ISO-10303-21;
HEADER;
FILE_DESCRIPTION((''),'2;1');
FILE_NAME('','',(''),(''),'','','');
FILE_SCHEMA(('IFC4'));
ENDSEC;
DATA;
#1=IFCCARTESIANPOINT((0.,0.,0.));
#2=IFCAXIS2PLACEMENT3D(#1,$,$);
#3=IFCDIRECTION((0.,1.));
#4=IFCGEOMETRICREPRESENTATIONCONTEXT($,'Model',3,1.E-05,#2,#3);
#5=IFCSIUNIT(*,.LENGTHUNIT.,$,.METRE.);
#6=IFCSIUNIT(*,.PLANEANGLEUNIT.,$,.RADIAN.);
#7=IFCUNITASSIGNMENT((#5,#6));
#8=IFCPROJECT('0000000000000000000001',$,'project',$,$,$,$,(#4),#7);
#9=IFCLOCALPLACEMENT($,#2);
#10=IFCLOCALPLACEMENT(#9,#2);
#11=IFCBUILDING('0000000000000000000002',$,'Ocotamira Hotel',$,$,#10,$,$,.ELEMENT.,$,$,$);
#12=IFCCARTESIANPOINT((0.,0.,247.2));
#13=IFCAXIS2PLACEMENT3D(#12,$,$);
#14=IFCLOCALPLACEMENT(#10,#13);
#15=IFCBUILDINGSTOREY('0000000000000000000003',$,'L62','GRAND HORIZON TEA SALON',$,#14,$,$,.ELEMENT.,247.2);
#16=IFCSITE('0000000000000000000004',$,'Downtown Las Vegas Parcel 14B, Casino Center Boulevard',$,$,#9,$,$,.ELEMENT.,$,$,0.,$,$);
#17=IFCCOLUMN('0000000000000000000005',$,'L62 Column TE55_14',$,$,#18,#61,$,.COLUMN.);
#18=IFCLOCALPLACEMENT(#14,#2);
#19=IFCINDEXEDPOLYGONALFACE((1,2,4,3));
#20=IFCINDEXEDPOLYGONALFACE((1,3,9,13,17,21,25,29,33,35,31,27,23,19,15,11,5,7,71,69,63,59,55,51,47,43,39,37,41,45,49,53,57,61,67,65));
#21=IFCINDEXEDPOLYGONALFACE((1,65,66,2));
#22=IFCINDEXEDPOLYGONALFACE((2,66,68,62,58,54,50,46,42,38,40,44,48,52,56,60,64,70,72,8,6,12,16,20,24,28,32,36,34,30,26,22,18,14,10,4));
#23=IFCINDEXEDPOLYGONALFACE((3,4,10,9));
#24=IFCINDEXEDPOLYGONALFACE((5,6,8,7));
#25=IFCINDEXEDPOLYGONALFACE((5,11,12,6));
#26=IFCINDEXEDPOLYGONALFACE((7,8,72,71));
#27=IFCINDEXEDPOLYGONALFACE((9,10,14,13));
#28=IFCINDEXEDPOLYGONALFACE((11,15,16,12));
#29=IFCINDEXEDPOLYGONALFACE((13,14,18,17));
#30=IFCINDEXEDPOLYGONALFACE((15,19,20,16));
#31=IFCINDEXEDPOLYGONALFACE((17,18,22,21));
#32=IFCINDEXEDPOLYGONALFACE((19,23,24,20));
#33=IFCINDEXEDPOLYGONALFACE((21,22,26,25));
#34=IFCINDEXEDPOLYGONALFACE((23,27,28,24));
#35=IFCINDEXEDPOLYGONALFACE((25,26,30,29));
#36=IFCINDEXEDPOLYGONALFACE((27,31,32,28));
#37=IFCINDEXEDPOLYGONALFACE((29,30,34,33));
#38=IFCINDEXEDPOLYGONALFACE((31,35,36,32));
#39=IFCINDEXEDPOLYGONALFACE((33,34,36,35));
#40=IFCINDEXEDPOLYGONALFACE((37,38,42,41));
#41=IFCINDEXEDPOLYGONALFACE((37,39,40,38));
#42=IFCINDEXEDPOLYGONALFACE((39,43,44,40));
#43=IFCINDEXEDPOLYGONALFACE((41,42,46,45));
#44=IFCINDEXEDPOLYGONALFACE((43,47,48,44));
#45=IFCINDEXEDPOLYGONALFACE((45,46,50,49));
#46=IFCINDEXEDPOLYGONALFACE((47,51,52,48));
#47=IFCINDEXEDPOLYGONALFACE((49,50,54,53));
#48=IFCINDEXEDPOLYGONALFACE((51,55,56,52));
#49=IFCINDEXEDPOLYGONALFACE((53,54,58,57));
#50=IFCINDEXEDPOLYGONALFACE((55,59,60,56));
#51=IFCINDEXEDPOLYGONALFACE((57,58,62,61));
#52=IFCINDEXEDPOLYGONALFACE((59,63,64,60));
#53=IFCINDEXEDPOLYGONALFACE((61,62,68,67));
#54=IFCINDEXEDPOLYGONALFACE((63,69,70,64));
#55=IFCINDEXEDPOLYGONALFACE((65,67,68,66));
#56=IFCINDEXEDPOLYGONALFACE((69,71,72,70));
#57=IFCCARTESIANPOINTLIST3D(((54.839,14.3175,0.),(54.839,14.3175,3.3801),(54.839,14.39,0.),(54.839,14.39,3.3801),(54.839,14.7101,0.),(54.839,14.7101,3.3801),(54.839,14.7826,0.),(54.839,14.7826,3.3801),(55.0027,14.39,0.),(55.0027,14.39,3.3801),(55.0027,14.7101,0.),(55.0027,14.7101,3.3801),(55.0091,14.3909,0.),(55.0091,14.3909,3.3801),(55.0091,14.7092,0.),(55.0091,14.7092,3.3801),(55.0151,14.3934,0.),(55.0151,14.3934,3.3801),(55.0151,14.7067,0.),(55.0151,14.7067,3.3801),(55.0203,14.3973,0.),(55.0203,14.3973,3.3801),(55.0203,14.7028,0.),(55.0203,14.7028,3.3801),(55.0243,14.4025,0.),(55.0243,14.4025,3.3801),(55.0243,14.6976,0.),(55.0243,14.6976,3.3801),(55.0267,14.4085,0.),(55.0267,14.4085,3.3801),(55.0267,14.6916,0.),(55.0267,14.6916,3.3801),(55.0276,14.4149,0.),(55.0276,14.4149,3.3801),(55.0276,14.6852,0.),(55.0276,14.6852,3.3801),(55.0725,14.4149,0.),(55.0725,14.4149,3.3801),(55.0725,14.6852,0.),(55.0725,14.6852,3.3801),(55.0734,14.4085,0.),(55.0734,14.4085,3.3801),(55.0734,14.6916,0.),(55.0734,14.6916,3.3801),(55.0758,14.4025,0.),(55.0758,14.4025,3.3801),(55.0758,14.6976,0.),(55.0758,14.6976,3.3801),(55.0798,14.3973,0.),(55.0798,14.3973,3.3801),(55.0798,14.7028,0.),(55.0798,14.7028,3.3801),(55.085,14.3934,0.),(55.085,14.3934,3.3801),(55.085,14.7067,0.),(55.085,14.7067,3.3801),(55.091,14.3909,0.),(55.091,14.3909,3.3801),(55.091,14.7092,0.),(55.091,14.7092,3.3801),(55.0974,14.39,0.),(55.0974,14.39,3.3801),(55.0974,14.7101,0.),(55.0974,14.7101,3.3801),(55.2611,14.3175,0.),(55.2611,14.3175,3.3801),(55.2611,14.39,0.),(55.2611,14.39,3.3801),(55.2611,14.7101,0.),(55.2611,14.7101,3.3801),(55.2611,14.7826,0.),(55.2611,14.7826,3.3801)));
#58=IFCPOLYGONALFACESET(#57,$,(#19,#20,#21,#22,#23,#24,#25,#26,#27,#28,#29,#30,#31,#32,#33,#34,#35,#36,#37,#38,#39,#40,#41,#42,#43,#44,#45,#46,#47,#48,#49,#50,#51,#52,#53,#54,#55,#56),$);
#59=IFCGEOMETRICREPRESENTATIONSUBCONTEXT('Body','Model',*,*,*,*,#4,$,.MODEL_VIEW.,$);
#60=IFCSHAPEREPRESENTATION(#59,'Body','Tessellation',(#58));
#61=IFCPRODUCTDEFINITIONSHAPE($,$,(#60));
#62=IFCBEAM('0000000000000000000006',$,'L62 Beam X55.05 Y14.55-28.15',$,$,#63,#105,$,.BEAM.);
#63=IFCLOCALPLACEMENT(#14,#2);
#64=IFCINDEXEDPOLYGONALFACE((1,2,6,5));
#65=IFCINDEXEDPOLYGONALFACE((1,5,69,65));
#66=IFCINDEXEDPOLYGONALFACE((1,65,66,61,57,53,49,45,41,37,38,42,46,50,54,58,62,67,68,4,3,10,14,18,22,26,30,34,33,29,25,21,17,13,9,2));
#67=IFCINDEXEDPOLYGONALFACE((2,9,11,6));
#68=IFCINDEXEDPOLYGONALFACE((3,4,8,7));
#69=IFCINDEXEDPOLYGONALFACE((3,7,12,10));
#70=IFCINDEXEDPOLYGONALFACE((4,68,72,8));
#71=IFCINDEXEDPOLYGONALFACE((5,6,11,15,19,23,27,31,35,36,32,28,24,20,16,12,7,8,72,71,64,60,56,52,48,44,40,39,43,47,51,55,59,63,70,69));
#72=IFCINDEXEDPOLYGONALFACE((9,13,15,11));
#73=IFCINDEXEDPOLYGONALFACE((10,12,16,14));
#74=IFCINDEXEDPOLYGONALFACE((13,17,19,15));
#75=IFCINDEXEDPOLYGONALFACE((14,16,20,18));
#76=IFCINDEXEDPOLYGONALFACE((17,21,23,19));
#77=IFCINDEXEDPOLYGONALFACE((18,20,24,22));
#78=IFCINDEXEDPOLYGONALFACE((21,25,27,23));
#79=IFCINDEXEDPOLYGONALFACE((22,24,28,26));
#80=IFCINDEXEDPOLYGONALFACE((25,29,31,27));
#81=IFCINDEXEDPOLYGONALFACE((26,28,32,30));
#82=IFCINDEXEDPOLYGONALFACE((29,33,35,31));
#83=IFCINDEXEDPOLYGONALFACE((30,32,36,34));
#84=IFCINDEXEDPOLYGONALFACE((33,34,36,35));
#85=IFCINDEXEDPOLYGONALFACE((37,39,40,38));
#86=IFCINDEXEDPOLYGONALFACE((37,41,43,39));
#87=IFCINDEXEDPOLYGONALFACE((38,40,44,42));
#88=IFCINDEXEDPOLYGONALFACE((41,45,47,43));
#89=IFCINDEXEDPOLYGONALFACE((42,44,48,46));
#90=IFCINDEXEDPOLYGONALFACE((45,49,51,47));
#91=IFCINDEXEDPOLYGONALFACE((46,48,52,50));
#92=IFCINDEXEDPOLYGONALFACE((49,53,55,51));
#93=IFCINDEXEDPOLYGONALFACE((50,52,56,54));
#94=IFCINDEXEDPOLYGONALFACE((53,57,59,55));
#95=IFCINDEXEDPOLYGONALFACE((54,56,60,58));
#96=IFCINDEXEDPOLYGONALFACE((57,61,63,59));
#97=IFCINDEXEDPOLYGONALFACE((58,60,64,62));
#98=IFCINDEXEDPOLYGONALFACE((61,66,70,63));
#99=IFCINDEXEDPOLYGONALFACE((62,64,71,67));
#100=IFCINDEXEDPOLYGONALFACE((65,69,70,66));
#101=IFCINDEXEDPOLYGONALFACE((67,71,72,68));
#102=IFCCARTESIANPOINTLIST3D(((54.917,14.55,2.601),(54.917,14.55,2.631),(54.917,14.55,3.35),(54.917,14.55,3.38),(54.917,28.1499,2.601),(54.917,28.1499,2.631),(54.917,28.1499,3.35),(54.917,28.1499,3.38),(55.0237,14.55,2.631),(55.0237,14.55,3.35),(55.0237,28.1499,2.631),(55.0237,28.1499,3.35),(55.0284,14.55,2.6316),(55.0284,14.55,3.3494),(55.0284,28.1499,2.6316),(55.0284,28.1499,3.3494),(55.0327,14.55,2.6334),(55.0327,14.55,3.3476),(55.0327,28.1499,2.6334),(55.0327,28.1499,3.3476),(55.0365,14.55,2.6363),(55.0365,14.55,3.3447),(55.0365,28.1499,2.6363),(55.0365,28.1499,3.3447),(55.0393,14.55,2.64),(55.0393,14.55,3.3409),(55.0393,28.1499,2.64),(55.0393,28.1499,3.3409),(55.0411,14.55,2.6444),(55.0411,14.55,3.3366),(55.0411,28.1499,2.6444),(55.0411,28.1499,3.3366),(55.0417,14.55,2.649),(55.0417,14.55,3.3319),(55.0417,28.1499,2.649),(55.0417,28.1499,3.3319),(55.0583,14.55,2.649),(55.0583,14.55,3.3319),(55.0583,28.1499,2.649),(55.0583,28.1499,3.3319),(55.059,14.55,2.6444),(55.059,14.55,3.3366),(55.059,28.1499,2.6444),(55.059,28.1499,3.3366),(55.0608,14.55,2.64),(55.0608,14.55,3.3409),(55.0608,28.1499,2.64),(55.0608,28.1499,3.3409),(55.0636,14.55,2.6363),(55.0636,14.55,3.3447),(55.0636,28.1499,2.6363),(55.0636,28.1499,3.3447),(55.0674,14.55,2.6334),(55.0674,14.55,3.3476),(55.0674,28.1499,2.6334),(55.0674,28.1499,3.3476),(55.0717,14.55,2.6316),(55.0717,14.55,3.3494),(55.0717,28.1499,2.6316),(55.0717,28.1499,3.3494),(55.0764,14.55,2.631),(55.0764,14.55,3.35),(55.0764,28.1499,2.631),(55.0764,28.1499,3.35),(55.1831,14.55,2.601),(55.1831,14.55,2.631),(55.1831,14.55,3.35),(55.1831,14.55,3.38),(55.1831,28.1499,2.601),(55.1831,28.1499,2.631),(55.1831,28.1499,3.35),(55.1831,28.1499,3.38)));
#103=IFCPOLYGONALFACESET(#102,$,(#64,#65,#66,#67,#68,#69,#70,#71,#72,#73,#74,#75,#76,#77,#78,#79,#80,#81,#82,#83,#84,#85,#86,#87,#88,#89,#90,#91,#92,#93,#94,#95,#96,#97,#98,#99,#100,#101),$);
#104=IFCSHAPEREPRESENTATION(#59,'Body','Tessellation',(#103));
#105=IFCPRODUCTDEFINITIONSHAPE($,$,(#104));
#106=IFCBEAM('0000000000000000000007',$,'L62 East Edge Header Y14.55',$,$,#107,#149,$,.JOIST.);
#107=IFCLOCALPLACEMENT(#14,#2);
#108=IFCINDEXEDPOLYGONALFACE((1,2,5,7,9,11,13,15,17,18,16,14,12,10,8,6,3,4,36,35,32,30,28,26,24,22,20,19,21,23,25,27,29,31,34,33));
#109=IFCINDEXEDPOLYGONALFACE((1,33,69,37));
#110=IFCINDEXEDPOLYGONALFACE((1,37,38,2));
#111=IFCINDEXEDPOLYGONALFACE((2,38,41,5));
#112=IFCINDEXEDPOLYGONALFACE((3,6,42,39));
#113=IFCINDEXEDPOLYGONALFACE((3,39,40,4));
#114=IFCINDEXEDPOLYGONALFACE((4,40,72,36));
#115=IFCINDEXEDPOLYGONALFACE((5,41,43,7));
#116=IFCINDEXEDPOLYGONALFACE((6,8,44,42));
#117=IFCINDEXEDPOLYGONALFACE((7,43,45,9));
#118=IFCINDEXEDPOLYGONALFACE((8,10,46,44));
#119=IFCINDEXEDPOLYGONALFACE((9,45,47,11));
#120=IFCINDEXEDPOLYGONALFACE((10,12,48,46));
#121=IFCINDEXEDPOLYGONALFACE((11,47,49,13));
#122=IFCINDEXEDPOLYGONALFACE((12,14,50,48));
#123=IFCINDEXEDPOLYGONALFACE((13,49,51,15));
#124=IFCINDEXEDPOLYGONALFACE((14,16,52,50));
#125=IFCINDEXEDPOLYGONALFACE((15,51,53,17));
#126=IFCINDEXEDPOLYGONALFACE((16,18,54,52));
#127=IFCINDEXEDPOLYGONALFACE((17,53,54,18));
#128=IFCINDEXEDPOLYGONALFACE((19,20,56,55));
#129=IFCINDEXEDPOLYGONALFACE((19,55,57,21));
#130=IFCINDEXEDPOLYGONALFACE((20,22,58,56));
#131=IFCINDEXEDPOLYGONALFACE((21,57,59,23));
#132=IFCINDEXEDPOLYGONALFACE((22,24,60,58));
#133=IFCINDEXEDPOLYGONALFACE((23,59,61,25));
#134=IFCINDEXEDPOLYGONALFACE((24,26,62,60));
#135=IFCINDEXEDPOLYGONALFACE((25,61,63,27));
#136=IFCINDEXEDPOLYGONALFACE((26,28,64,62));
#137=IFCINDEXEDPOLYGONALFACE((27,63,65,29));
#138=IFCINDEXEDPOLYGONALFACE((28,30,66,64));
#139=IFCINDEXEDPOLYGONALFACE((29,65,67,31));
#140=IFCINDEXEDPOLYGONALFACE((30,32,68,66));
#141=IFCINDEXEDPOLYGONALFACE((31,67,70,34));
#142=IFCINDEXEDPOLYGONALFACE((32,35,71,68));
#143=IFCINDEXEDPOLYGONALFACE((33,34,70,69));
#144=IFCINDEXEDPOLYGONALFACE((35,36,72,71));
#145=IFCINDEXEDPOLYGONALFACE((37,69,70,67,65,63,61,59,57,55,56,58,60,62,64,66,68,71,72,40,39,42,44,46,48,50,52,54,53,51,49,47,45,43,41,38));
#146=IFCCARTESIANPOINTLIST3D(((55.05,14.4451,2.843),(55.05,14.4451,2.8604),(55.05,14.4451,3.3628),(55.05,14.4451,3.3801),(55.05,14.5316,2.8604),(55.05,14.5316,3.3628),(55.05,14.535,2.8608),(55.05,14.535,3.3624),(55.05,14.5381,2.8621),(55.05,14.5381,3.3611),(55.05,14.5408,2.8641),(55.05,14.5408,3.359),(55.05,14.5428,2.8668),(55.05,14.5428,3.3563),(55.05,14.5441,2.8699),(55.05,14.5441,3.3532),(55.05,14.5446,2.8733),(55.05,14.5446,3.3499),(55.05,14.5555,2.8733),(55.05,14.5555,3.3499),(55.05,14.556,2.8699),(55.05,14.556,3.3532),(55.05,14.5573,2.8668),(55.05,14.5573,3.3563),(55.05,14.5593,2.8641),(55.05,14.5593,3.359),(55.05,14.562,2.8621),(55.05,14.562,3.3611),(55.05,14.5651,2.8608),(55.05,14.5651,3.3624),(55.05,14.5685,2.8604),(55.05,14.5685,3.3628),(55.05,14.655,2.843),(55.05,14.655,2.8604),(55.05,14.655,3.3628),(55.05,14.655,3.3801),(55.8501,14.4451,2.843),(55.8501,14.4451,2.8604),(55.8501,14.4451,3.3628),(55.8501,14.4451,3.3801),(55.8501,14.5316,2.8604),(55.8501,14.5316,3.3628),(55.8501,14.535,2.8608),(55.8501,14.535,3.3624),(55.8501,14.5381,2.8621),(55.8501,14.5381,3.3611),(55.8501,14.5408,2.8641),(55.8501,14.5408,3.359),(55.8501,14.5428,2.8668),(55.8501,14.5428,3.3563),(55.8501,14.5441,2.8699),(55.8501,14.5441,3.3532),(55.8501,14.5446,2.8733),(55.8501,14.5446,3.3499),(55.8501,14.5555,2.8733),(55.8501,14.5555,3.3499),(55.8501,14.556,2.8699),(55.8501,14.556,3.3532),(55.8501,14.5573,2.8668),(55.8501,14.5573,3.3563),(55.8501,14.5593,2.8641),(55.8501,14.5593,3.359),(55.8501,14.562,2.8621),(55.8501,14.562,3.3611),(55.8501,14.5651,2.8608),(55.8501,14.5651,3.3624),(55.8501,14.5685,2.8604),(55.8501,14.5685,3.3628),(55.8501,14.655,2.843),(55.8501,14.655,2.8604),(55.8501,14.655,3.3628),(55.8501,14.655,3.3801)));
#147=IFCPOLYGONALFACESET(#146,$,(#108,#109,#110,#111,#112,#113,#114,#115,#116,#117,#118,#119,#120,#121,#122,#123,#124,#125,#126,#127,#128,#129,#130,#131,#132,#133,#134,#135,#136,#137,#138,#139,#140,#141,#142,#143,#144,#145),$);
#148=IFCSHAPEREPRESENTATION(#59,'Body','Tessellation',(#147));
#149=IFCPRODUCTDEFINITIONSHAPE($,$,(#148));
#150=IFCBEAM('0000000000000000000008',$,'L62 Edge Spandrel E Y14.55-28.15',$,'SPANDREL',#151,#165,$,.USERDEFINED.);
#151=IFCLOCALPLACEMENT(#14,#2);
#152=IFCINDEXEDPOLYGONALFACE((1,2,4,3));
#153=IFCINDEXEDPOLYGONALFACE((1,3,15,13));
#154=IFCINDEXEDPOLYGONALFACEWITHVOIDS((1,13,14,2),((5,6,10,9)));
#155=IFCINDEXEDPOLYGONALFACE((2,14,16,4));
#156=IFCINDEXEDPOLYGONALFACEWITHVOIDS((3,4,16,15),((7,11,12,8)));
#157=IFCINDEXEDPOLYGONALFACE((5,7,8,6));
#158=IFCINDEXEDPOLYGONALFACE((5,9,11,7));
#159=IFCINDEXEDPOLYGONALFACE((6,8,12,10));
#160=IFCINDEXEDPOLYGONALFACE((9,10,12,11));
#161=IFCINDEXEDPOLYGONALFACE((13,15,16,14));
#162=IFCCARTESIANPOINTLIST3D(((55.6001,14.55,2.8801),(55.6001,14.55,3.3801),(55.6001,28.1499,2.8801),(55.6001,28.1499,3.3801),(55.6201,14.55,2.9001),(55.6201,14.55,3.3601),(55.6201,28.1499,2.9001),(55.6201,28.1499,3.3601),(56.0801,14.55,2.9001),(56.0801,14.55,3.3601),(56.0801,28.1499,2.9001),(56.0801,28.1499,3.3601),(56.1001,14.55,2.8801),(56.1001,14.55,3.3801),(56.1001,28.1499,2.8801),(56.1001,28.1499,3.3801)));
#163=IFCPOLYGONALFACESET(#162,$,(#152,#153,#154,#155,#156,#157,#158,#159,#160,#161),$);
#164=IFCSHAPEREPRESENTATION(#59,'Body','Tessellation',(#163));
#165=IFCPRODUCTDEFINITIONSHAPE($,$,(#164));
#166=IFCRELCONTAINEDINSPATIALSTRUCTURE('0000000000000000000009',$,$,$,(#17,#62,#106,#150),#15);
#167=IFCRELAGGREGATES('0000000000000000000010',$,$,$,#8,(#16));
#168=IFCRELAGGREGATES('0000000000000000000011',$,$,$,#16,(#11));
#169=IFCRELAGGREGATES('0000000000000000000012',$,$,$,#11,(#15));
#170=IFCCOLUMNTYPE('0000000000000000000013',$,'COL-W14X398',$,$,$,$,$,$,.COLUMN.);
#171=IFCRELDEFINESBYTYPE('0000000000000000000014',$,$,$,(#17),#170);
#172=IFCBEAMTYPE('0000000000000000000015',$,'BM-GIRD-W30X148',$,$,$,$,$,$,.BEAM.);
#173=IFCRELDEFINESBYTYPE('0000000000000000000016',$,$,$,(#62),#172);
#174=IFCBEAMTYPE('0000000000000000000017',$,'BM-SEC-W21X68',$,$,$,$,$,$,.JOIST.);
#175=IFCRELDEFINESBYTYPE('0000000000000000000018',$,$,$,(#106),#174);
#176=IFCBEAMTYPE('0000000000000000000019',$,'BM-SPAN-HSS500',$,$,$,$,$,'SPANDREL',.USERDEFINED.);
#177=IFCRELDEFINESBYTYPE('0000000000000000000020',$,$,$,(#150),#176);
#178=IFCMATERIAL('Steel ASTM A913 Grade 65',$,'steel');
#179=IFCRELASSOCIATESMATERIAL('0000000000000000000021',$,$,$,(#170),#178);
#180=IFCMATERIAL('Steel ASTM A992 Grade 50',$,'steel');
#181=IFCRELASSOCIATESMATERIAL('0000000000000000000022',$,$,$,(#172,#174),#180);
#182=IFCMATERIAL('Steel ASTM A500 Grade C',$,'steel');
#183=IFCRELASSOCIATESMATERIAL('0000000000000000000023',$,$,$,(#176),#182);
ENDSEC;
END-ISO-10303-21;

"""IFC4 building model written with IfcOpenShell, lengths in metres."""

from ifc_helpers import new_model, si_unit, direction, frame, origin, origin_2d, place, context, subcontext, project, spatial, hollow_rectangle, i_section, extrude, source, transform, mapped, material, material_profile, profile_set, type_object, element, save


model = new_model("IFC4")

# Units and contexts
model_context = context("Model", 3, precision=1e-05, world=origin(), true_north=direction((0.0, 1.0)))
body_context = subcontext(model_context, "Body", "Model", "MODEL_VIEW")
ifc_project = project(units=[si_unit("LENGTHUNIT", "METRE"), si_unit("PLANEANGLEUNIT", "RADIAN")], contexts=[model_context])

# Site, building, storey
site_placement = place(None, origin())
site = spatial("IfcSite", under=ifc_project, at=site_placement, Name="Downtown Las Vegas Parcel 14B, Casino Center Boulevard", CompositionType="ELEMENT", RefElevation=0.0)
building_placement = place(site_placement, origin())
building = spatial("IfcBuilding", under=site, at=building_placement, Name="Ocotamira Hotel", CompositionType="ELEMENT")
storey_placement = place(building_placement, frame((0.0, 0.0, 247.2)))
storey = spatial("IfcBuildingStorey", under=building, at=storey_placement, Name="L62", Description="GRAND HORIZON TEA SALON", CompositionType="ELEMENT", Elevation=247.2)

# Column
ifc_material_1 = material(Name="Steel ASTM A913 Grade 65", Category="steel")
ifc_material_profile_1 = material_profile(ifc_material_1, i_section(OverallWidth=0.4221, OverallDepth=0.4651, WebThickness=0.0449, FlangeThickness=0.0725, FilletRadius=0.0249, at=origin_2d()), Name="W14X398")
ifc_profile_set_1 = profile_set([ifc_material_profile_1], Name="Steel ASTM A913 Grade 65")
column_type = type_object("IfcColumnType", Name="COL-W14X398", PredefinedType="COLUMN", material=ifc_profile_set_1)
shared_shape_1 = source(origin(), body_context, "Body", "SweptSolid", [
    extrude(i_section(OverallWidth=0.4221, OverallDepth=0.4651, WebThickness=0.0449, FlangeThickness=0.0725, FilletRadius=0.0249, at=origin_2d()), origin(), (0.0, 0.0, 1.0), 3.3801),
])
column_placement = place(storey_placement, frame((55.05, 14.55, 0.0), z_axis=(0.0, 0.0, 1.0), x_axis=(1.0, 0.0, 0.0)))
element("IfcColumn", 1, at=column_placement, inside=storey, type_object=column_type, Name="L62 Column TE55_14", PredefinedType="COLUMN", context=body_context, shape_type="MappedRepresentation", body=[
    mapped(shared_shape_1, transform((0.0, 0.0, 0.0), scale=1.0)),
])

# Beams
ifc_material_2 = material(Name="Steel ASTM A992 Grade 50", Category="steel")
ifc_material_profile_2 = material_profile(ifc_material_2, i_section(OverallWidth=0.2661, OverallDepth=0.7791, WebThickness=0.0166, FlangeThickness=0.03, FilletRadius=0.0181, at=origin_2d()), Name="W30X148")
ifc_profile_set_2 = profile_set([ifc_material_profile_2], Name="Steel ASTM A992 Grade 50")
beam_type_1 = type_object("IfcBeamType", Name="BM-GIRD-W30X148", PredefinedType="BEAM", material=ifc_profile_set_2)
shared_shape_2 = source(origin(), body_context, "Body", "SweptSolid", [
    extrude(i_section(OverallWidth=0.2661, OverallDepth=0.7791, WebThickness=0.0166, FlangeThickness=0.03, FilletRadius=0.0181, at=origin_2d()), origin(), (0.0, 0.0, 1.0), 13.5999),
])
beam_1_placement = place(storey_placement, frame((55.05, 14.55, 2.9905), z_axis=(0.0, 1.0, 0.0), x_axis=(-1.0, 0.0, 0.0)))
element("IfcBeam", 2, at=beam_1_placement, inside=storey, type_object=beam_type_1, Name="L62 Beam X55.05 Y14.55-28.15", PredefinedType="BEAM", context=body_context, shape_type="MappedRepresentation", body=[
    mapped(shared_shape_2, transform((0.0, 0.0, 0.0), scale=1.0)),
])
ifc_material_profile_3 = material_profile(ifc_material_2, i_section(OverallWidth=0.21, OverallDepth=0.5371, WebThickness=0.011, FlangeThickness=0.0173, FilletRadius=0.0129, at=origin_2d()), Name="W21X68")
ifc_profile_set_3 = profile_set([ifc_material_profile_3], Name="Steel ASTM A992 Grade 50")
beam_type_2 = type_object("IfcBeamType", Name="BM-SEC-W21X68", PredefinedType="JOIST", material=ifc_profile_set_3)
shared_shape_3 = source(origin(), body_context, "Body", "SweptSolid", [
    extrude(i_section(OverallWidth=0.21, OverallDepth=0.5371, WebThickness=0.011, FlangeThickness=0.0173, FilletRadius=0.0129, at=origin_2d()), origin(), (0.0, 0.0, 1.0), 0.8),
])
beam_2_placement = place(storey_placement, frame((55.05, 14.55, 3.1116), z_axis=(1.0, 0.0, 0.0), x_axis=(0.0, 1.0, 0.0)))
element("IfcBeam", 3, at=beam_2_placement, inside=storey, type_object=beam_type_2, Name="L62 East Edge Header Y14.55", PredefinedType="JOIST", context=body_context, shape_type="MappedRepresentation", body=[
    mapped(shared_shape_3, transform((0.0, 0.0, 0.0), scale=1.0)),
])
ifc_material_3 = material(Name="Steel ASTM A500 Grade C", Category="steel")
ifc_material_profile_4 = material_profile(ifc_material_3, hollow_rectangle(XDim=0.5, YDim=0.5, WallThickness=0.02, at=origin_2d()), Name="HSS500X500X20")
ifc_profile_set_4 = profile_set([ifc_material_profile_4], Name="Steel ASTM A500 Grade C")
beam_type_3 = type_object("IfcBeamType", Name="BM-SPAN-HSS500", ElementType="SPANDREL", PredefinedType="USERDEFINED", material=ifc_profile_set_4)
shared_shape_4 = source(origin(), body_context, "Body", "SweptSolid", [
    extrude(hollow_rectangle(XDim=0.5, YDim=0.5, WallThickness=0.02, at=origin_2d()), origin(), (0.0, 0.0, 1.0), 13.5999),
])
beam_3_placement = place(storey_placement, frame((55.8501, 14.55, 3.1301), z_axis=(0.0, 1.0, 0.0), x_axis=(-1.0, 0.0, 0.0)))
element("IfcBeam", 4, at=beam_3_placement, inside=storey, type_object=beam_type_3, Name="L62 Edge Spandrel E Y14.55-28.15", ObjectType="SPANDREL", PredefinedType="USERDEFINED", context=body_context, shape_type="MappedRepresentation", body=[
    mapped(shared_shape_4, transform((0.0, 0.0, 0.0), scale=1.0)),
])

save(model, "model.ifc")
